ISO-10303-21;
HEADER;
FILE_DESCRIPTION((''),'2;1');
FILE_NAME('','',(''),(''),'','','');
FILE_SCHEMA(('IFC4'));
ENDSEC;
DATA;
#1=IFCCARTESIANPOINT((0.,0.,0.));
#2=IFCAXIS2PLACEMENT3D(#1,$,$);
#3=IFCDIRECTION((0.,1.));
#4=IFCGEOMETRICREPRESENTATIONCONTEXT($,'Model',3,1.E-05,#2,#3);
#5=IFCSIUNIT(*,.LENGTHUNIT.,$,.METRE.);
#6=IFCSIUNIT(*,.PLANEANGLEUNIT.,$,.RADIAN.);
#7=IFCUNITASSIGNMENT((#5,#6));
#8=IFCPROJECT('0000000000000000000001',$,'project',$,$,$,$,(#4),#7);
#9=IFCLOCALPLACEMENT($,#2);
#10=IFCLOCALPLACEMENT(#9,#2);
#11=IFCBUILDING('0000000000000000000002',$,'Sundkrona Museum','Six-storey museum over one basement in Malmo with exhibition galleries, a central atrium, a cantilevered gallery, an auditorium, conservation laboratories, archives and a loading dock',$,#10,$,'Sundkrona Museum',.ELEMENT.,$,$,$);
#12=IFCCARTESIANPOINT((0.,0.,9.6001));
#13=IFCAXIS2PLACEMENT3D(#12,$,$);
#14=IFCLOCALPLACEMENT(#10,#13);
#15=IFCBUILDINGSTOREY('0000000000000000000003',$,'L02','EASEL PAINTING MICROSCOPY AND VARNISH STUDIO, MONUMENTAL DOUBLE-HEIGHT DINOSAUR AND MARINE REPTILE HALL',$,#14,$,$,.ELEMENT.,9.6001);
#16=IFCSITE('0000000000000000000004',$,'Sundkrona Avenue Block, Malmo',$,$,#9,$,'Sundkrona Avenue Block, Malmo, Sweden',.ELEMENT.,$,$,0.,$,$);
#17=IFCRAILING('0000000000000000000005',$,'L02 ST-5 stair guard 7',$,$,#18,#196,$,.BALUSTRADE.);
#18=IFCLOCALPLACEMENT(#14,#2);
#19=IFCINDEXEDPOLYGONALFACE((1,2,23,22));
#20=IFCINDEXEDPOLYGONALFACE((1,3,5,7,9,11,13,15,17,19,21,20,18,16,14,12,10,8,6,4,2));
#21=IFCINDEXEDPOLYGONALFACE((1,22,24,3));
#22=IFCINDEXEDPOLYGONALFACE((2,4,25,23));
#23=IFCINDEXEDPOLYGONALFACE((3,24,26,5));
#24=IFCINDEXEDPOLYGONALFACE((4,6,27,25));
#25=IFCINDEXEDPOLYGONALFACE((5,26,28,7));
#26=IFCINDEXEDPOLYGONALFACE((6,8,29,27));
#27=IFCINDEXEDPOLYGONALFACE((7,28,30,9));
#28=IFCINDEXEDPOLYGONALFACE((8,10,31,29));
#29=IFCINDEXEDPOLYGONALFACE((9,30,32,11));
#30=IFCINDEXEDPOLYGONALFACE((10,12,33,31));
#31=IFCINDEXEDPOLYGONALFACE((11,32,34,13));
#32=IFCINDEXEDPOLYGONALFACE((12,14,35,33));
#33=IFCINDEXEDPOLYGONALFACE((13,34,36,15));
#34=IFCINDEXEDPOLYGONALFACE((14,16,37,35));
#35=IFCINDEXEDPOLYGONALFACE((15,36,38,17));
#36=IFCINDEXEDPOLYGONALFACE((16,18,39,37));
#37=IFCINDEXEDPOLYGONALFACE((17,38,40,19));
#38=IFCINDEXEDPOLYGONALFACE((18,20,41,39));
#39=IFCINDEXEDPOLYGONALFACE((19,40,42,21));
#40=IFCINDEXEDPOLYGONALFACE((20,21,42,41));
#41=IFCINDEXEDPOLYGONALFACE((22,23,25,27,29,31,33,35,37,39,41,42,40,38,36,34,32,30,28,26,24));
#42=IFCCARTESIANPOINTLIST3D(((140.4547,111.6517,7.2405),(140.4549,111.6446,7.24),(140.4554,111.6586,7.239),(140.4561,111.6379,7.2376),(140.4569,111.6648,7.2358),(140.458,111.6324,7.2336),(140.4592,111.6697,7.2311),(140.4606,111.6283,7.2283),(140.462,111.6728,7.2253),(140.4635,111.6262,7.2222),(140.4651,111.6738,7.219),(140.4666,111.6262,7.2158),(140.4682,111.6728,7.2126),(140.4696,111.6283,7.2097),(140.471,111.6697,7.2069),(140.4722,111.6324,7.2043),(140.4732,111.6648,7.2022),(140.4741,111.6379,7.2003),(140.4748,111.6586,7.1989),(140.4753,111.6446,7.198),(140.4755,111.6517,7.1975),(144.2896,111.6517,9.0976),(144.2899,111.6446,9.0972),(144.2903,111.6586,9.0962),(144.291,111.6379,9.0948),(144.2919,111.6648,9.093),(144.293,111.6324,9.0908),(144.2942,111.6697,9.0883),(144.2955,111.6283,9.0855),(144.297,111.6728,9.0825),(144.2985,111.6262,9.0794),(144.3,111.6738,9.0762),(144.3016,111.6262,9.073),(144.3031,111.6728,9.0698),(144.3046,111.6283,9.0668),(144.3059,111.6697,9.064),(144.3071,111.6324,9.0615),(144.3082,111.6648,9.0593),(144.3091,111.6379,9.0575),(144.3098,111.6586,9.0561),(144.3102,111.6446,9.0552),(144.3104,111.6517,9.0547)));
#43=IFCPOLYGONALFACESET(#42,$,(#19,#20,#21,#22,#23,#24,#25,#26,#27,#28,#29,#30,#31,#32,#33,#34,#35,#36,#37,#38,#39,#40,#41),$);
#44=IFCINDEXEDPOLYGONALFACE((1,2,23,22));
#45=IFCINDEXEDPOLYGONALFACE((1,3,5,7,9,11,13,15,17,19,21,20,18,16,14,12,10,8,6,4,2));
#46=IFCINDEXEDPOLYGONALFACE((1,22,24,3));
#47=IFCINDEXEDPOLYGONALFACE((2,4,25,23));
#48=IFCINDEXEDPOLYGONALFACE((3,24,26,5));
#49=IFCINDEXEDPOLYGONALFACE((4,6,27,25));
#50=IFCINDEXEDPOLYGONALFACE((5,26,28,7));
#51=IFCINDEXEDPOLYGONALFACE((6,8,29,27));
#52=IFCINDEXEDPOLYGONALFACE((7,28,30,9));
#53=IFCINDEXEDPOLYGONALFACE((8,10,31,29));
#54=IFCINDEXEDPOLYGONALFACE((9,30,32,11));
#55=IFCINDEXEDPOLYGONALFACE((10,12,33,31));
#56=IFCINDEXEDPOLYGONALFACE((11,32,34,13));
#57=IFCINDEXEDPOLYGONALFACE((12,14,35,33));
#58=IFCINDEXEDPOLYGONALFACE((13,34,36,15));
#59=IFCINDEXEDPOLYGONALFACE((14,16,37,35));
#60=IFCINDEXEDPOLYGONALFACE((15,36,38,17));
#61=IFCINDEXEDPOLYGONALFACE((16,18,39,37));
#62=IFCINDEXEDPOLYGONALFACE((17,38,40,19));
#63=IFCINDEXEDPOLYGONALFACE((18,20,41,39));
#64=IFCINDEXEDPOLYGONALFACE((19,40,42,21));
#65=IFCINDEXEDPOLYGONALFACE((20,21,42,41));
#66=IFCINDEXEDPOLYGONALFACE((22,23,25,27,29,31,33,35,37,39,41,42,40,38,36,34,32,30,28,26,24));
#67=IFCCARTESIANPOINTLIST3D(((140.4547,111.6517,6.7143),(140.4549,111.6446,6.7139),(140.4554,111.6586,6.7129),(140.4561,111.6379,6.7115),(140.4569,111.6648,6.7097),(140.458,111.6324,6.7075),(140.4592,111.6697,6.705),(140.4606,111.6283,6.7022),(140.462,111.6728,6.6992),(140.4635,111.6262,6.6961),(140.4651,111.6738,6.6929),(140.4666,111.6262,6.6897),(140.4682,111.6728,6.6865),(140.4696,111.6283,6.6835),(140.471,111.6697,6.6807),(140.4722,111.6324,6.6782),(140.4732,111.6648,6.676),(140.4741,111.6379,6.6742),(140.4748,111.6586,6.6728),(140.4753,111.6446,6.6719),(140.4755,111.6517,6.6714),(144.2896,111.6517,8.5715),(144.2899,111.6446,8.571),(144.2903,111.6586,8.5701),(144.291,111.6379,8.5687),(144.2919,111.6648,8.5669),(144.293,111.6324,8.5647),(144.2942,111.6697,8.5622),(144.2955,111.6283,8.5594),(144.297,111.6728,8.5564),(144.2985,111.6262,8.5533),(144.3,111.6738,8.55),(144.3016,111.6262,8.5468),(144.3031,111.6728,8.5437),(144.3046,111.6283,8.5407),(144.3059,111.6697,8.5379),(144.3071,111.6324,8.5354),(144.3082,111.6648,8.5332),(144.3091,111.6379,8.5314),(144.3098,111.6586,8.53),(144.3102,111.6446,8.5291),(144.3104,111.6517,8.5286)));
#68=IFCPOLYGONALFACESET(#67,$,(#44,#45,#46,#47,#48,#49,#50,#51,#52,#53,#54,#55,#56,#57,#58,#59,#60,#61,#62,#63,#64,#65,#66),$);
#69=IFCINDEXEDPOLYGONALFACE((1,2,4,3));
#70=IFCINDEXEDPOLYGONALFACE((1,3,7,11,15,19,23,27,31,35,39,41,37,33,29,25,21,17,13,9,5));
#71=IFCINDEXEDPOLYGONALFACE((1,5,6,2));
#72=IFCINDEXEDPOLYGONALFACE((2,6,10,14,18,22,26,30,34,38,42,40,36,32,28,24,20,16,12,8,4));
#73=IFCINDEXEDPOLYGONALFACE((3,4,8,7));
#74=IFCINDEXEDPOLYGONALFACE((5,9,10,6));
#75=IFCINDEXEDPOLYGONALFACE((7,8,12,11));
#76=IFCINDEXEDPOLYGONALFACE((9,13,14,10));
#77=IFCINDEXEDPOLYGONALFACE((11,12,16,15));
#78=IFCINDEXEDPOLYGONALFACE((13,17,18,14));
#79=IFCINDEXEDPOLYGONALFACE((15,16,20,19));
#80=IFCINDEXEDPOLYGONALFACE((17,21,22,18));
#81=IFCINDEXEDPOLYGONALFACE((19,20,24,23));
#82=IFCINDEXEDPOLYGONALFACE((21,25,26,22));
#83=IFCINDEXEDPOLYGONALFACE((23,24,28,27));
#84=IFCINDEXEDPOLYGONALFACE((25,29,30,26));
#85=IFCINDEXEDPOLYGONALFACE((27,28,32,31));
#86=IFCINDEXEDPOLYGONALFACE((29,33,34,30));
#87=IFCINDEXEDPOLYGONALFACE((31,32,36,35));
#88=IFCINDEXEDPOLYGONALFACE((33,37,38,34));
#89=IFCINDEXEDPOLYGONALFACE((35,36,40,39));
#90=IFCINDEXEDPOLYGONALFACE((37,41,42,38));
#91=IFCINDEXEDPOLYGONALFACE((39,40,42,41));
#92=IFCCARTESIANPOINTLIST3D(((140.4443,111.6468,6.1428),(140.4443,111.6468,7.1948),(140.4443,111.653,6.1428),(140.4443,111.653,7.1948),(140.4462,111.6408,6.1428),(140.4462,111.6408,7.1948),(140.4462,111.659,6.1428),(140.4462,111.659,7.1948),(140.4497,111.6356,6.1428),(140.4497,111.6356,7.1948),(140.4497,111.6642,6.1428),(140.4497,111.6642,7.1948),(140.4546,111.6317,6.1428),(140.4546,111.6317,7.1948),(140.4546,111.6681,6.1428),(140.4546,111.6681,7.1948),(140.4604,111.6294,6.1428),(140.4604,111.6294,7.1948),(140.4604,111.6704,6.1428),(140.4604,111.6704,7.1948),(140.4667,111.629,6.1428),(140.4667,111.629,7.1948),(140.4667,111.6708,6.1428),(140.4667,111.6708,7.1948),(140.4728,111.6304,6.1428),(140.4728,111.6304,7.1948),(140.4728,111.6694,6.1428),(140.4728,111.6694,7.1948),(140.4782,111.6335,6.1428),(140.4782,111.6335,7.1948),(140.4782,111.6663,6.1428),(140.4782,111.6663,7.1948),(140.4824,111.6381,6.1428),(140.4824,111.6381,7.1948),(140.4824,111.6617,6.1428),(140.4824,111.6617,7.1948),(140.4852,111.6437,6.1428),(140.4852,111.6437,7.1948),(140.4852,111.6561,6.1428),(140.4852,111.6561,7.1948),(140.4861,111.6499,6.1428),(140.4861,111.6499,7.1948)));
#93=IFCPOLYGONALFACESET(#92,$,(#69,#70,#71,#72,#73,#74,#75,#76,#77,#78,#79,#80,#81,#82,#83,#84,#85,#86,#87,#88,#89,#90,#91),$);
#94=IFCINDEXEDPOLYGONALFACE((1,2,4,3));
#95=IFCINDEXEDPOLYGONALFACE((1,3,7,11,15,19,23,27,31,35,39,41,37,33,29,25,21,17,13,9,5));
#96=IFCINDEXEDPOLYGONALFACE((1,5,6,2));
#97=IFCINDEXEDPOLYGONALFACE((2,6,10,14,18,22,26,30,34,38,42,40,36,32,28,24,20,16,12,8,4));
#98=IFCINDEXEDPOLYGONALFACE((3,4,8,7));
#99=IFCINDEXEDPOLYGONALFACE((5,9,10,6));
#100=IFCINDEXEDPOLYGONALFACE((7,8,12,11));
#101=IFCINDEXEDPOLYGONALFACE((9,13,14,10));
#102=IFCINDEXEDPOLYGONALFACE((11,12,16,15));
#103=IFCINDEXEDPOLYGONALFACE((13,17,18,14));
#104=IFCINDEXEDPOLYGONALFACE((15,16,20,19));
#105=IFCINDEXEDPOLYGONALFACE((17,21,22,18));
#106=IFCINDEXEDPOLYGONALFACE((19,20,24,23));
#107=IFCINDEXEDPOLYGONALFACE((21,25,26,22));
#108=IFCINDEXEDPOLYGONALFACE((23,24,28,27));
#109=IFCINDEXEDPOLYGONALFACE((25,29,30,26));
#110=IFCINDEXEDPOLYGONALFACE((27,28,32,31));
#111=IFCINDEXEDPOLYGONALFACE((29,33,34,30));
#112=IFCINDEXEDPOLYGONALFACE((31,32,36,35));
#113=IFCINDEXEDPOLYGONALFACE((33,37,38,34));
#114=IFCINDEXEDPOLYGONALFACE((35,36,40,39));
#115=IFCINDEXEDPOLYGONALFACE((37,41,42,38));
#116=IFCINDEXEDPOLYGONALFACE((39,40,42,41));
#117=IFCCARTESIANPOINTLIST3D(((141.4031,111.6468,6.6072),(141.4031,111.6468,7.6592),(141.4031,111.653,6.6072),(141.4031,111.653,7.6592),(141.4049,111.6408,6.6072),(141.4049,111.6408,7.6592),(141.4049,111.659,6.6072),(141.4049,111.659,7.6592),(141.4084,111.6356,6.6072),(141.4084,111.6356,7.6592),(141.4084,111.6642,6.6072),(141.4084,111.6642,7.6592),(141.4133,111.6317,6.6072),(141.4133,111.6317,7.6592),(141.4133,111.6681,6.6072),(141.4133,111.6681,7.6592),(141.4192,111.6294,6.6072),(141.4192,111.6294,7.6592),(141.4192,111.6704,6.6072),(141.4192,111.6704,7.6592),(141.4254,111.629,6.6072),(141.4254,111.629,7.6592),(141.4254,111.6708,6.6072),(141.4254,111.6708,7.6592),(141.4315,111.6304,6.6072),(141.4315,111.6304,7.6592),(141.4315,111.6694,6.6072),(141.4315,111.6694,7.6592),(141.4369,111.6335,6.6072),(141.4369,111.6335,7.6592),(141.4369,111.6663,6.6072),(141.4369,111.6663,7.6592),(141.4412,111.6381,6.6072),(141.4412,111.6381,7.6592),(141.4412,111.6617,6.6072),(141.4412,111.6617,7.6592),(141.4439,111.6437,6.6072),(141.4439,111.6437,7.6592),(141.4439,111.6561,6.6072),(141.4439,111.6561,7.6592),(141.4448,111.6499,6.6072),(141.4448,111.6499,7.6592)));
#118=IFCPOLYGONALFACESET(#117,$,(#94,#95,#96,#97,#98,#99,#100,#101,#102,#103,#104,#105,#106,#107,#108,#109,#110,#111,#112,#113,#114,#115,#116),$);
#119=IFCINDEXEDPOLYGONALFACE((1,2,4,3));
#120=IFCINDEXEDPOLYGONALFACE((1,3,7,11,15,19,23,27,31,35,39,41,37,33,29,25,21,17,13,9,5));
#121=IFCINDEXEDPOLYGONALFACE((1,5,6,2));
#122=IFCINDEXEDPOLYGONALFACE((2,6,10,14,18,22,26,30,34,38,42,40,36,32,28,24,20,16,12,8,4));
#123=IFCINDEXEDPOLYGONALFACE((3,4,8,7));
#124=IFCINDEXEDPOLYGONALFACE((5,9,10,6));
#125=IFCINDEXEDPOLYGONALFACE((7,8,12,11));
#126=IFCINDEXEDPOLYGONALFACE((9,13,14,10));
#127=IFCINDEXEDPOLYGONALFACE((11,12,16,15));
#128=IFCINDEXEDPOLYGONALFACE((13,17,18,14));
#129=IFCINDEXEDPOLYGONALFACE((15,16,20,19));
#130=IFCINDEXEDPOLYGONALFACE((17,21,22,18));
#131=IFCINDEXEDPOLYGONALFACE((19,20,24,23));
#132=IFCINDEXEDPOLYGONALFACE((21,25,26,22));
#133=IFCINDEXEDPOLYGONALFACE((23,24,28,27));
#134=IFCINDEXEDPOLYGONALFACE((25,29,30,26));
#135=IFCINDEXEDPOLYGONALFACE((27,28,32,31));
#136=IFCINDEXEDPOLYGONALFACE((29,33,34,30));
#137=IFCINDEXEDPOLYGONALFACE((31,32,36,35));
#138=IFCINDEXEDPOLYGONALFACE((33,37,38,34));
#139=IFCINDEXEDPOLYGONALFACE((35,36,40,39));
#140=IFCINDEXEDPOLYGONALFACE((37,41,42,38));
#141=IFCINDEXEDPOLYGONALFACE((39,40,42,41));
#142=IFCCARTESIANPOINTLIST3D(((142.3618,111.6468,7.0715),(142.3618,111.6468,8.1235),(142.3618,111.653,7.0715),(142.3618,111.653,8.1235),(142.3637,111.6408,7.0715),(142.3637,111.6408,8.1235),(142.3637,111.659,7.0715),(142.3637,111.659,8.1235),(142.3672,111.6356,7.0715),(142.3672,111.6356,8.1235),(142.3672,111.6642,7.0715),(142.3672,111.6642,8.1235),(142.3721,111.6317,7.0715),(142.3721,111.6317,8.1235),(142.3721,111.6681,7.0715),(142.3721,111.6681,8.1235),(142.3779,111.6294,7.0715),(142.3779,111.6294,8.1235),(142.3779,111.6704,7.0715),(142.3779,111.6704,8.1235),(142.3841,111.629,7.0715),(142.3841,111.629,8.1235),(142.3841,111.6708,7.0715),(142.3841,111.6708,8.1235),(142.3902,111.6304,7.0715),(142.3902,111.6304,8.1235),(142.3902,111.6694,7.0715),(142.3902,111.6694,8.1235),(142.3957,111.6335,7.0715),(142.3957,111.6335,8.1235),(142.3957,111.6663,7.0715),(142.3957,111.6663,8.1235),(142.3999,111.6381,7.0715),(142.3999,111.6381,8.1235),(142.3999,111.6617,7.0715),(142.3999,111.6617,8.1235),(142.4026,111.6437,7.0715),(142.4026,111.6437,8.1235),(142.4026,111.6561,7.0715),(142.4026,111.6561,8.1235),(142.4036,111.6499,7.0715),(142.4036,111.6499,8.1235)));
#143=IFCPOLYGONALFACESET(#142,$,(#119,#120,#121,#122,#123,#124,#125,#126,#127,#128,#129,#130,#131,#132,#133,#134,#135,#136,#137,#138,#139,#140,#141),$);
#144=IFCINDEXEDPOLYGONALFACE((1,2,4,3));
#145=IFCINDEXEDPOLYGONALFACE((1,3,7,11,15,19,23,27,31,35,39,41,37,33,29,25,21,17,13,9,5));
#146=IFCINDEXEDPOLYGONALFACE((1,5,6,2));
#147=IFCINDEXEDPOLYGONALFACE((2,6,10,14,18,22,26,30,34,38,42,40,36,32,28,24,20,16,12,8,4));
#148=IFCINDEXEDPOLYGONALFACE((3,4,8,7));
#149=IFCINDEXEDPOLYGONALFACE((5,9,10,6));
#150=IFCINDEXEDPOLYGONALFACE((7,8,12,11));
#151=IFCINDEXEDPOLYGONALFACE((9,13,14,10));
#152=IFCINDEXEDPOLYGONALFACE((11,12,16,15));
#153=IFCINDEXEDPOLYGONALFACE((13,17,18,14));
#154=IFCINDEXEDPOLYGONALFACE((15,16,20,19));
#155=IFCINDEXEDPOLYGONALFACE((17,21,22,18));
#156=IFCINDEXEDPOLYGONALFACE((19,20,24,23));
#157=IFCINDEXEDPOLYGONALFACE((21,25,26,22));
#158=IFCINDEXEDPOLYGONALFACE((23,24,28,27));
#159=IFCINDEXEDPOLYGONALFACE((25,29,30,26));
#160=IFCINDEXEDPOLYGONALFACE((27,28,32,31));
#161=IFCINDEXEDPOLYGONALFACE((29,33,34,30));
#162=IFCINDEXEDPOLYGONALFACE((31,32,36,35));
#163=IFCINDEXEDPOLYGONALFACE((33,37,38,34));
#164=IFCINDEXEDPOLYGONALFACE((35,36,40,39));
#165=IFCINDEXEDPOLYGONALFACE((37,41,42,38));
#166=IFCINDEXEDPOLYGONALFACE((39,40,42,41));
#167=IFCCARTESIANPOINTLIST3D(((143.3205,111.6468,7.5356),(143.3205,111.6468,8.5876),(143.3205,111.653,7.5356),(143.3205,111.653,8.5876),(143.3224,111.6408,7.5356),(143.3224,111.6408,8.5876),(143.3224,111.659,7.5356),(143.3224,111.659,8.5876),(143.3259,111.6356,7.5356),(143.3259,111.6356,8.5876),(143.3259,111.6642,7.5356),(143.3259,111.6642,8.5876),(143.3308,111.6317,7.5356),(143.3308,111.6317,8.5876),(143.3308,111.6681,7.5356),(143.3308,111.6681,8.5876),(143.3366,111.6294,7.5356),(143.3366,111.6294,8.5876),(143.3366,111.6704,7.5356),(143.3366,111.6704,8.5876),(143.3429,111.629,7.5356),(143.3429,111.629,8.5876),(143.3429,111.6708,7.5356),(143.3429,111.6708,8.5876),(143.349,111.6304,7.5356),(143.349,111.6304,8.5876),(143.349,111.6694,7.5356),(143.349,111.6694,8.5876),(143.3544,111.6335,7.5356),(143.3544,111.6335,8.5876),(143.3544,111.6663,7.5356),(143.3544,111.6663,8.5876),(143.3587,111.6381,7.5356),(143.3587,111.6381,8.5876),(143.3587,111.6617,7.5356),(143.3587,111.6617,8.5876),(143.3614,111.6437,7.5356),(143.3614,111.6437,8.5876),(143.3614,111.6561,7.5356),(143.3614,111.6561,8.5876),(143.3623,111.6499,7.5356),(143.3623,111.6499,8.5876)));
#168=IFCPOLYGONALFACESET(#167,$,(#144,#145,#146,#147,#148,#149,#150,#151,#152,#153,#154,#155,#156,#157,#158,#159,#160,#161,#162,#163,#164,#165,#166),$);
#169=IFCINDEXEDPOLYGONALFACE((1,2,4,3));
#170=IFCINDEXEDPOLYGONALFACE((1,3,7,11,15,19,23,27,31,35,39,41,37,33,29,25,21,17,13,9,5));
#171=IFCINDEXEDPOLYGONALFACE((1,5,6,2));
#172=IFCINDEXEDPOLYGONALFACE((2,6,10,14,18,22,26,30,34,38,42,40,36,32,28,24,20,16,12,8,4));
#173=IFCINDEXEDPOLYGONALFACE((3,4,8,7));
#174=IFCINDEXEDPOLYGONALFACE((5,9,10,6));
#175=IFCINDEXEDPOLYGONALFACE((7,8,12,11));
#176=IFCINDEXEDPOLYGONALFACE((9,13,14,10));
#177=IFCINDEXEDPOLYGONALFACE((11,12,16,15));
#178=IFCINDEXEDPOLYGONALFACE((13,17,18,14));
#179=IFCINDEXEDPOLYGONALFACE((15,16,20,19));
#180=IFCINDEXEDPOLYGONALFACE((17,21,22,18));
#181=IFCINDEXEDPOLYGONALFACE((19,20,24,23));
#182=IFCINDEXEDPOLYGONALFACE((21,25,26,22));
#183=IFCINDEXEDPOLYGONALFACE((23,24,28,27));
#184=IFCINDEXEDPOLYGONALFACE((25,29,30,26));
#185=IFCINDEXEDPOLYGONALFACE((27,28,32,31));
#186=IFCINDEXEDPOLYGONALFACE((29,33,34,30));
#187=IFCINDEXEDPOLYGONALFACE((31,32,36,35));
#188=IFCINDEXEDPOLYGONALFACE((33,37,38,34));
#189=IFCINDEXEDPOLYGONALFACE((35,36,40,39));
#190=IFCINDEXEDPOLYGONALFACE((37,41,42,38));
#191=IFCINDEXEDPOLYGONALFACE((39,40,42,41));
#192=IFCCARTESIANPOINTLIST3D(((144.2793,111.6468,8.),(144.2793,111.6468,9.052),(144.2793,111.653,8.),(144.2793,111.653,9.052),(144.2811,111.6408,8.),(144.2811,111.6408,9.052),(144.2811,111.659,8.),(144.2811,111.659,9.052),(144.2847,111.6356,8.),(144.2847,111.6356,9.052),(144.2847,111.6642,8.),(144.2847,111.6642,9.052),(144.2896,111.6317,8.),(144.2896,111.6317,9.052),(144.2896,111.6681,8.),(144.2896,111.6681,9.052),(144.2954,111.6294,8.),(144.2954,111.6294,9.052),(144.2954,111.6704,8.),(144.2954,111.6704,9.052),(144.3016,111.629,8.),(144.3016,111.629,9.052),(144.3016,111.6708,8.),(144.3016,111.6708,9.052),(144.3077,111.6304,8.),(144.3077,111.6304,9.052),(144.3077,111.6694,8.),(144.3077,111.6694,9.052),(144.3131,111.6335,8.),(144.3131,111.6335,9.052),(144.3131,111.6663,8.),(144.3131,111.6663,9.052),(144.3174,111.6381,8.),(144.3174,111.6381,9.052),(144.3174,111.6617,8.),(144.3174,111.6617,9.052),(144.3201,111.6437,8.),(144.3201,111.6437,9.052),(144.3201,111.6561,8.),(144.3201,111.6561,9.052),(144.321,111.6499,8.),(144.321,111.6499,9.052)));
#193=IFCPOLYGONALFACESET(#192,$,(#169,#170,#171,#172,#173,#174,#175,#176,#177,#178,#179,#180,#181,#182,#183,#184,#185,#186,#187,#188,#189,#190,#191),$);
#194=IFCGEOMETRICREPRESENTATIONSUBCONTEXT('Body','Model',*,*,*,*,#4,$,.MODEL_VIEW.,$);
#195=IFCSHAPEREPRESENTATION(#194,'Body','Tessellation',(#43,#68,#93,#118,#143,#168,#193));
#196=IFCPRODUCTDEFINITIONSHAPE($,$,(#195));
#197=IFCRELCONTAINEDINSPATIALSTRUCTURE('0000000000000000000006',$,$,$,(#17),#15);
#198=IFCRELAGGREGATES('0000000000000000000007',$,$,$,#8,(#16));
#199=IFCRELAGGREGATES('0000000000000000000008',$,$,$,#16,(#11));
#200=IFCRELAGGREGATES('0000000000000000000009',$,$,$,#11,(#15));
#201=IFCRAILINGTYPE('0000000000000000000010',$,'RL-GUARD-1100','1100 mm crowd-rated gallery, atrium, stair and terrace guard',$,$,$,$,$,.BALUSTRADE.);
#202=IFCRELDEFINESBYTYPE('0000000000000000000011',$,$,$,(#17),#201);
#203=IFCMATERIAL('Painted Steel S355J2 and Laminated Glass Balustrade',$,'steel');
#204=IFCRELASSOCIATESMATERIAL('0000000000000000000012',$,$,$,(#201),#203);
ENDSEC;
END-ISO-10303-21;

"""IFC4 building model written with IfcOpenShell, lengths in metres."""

from ifc_helpers import new_model, si_unit, direction, frame, origin, origin_2d, place, context, subcontext, project, spatial, circle, extrude, material, type_object, element, save


model = new_model("IFC4")

# Units and contexts
model_context = context("Model", 3, precision=1e-05, world=origin(), true_north=direction((0.0, 1.0)))
body_context = subcontext(model_context, "Body", "Model", "MODEL_VIEW")
ifc_project = project(units=[si_unit("LENGTHUNIT", "METRE"), si_unit("PLANEANGLEUNIT", "RADIAN")], contexts=[model_context])

# Site, building, storey
site_placement = place(None, origin())
site = spatial("IfcSite", under=ifc_project, at=site_placement, Name="Sundkrona Avenue Block, Malmo", LongName="Sundkrona Avenue Block, Malmo, Sweden", CompositionType="ELEMENT", RefElevation=0.0)
building_placement = place(site_placement, origin())
building = spatial("IfcBuilding", under=site, at=building_placement, Name="Sundkrona Museum", Description="Six-storey museum over one basement in Malmo with exhibition galleries, a central atrium, a cantilevered gallery, an auditorium, conservation laboratories, archives and a loading dock", LongName="Sundkrona Museum", CompositionType="ELEMENT")
storey_placement = place(building_placement, frame((0.0, 0.0, 9.6001)))
storey = spatial("IfcBuildingStorey", under=building, at=storey_placement, Name="L02", Description="EASEL PAINTING MICROSCOPY AND VARNISH STUDIO, MONUMENTAL DOUBLE-HEIGHT DINOSAUR AND MARINE REPTILE HALL", CompositionType="ELEMENT", Elevation=9.6001)

# Railing
ifc_material_1 = material(Name="Painted Steel S355J2 and Laminated Glass Balustrade", Category="steel")
railing_type_1 = type_object("IfcRailingType", Name="RL-GUARD-1100", Description="1100 mm crowd-rated gallery, atrium, stair and terrace guard", PredefinedType="BALUSTRADE", material=ifc_material_1)
railing_1_placement = place(storey_placement, frame((140.4651, 111.6499, 6.1428)))
element("IfcRailing", 1, at=railing_1_placement, inside=storey, type_object=railing_type_1, Name="L02 ST-5 stair guard 7", PredefinedType="BALUSTRADE", context=body_context, shape_type="SweptSolid", body=[
    extrude(circle(Radius=0.0239, at=origin_2d()), frame((0.0, 0.0, 1.0762), z_axis=(0.900016, 0.0, 0.435856), x_axis=(0.0, 1.0, 0.0)), (0.0, 0.0, 1.0), 4.261),
    extrude(circle(Radius=0.0239, at=origin_2d()), frame((0.0, 0.0, 0.55), z_axis=(0.900016, 0.0, 0.435856), x_axis=(0.0, 1.0, 0.0)), (0.0, 0.0, 1.0), 4.261),
    extrude(circle(Radius=0.021, at=origin_2d()), origin(), (0.0, 0.0, 1.0), 1.052),
    extrude(circle(Radius=0.021, at=origin_2d()), frame((0.9587, 0.0, 0.4644)), (0.0, 0.0, 1.0), 1.052),
    extrude(circle(Radius=0.021, at=origin_2d()), frame((1.9175, 0.0, 0.9287)), (0.0, 0.0, 1.0), 1.052),
    extrude(circle(Radius=0.021, at=origin_2d()), frame((2.8762, 0.0, 1.3928)), (0.0, 0.0, 1.0), 1.052),
    extrude(circle(Radius=0.021, at=origin_2d()), frame((3.835, 0.0, 1.8572)), (0.0, 0.0, 1.0), 1.052),
])

save(model, "model.ifc")
